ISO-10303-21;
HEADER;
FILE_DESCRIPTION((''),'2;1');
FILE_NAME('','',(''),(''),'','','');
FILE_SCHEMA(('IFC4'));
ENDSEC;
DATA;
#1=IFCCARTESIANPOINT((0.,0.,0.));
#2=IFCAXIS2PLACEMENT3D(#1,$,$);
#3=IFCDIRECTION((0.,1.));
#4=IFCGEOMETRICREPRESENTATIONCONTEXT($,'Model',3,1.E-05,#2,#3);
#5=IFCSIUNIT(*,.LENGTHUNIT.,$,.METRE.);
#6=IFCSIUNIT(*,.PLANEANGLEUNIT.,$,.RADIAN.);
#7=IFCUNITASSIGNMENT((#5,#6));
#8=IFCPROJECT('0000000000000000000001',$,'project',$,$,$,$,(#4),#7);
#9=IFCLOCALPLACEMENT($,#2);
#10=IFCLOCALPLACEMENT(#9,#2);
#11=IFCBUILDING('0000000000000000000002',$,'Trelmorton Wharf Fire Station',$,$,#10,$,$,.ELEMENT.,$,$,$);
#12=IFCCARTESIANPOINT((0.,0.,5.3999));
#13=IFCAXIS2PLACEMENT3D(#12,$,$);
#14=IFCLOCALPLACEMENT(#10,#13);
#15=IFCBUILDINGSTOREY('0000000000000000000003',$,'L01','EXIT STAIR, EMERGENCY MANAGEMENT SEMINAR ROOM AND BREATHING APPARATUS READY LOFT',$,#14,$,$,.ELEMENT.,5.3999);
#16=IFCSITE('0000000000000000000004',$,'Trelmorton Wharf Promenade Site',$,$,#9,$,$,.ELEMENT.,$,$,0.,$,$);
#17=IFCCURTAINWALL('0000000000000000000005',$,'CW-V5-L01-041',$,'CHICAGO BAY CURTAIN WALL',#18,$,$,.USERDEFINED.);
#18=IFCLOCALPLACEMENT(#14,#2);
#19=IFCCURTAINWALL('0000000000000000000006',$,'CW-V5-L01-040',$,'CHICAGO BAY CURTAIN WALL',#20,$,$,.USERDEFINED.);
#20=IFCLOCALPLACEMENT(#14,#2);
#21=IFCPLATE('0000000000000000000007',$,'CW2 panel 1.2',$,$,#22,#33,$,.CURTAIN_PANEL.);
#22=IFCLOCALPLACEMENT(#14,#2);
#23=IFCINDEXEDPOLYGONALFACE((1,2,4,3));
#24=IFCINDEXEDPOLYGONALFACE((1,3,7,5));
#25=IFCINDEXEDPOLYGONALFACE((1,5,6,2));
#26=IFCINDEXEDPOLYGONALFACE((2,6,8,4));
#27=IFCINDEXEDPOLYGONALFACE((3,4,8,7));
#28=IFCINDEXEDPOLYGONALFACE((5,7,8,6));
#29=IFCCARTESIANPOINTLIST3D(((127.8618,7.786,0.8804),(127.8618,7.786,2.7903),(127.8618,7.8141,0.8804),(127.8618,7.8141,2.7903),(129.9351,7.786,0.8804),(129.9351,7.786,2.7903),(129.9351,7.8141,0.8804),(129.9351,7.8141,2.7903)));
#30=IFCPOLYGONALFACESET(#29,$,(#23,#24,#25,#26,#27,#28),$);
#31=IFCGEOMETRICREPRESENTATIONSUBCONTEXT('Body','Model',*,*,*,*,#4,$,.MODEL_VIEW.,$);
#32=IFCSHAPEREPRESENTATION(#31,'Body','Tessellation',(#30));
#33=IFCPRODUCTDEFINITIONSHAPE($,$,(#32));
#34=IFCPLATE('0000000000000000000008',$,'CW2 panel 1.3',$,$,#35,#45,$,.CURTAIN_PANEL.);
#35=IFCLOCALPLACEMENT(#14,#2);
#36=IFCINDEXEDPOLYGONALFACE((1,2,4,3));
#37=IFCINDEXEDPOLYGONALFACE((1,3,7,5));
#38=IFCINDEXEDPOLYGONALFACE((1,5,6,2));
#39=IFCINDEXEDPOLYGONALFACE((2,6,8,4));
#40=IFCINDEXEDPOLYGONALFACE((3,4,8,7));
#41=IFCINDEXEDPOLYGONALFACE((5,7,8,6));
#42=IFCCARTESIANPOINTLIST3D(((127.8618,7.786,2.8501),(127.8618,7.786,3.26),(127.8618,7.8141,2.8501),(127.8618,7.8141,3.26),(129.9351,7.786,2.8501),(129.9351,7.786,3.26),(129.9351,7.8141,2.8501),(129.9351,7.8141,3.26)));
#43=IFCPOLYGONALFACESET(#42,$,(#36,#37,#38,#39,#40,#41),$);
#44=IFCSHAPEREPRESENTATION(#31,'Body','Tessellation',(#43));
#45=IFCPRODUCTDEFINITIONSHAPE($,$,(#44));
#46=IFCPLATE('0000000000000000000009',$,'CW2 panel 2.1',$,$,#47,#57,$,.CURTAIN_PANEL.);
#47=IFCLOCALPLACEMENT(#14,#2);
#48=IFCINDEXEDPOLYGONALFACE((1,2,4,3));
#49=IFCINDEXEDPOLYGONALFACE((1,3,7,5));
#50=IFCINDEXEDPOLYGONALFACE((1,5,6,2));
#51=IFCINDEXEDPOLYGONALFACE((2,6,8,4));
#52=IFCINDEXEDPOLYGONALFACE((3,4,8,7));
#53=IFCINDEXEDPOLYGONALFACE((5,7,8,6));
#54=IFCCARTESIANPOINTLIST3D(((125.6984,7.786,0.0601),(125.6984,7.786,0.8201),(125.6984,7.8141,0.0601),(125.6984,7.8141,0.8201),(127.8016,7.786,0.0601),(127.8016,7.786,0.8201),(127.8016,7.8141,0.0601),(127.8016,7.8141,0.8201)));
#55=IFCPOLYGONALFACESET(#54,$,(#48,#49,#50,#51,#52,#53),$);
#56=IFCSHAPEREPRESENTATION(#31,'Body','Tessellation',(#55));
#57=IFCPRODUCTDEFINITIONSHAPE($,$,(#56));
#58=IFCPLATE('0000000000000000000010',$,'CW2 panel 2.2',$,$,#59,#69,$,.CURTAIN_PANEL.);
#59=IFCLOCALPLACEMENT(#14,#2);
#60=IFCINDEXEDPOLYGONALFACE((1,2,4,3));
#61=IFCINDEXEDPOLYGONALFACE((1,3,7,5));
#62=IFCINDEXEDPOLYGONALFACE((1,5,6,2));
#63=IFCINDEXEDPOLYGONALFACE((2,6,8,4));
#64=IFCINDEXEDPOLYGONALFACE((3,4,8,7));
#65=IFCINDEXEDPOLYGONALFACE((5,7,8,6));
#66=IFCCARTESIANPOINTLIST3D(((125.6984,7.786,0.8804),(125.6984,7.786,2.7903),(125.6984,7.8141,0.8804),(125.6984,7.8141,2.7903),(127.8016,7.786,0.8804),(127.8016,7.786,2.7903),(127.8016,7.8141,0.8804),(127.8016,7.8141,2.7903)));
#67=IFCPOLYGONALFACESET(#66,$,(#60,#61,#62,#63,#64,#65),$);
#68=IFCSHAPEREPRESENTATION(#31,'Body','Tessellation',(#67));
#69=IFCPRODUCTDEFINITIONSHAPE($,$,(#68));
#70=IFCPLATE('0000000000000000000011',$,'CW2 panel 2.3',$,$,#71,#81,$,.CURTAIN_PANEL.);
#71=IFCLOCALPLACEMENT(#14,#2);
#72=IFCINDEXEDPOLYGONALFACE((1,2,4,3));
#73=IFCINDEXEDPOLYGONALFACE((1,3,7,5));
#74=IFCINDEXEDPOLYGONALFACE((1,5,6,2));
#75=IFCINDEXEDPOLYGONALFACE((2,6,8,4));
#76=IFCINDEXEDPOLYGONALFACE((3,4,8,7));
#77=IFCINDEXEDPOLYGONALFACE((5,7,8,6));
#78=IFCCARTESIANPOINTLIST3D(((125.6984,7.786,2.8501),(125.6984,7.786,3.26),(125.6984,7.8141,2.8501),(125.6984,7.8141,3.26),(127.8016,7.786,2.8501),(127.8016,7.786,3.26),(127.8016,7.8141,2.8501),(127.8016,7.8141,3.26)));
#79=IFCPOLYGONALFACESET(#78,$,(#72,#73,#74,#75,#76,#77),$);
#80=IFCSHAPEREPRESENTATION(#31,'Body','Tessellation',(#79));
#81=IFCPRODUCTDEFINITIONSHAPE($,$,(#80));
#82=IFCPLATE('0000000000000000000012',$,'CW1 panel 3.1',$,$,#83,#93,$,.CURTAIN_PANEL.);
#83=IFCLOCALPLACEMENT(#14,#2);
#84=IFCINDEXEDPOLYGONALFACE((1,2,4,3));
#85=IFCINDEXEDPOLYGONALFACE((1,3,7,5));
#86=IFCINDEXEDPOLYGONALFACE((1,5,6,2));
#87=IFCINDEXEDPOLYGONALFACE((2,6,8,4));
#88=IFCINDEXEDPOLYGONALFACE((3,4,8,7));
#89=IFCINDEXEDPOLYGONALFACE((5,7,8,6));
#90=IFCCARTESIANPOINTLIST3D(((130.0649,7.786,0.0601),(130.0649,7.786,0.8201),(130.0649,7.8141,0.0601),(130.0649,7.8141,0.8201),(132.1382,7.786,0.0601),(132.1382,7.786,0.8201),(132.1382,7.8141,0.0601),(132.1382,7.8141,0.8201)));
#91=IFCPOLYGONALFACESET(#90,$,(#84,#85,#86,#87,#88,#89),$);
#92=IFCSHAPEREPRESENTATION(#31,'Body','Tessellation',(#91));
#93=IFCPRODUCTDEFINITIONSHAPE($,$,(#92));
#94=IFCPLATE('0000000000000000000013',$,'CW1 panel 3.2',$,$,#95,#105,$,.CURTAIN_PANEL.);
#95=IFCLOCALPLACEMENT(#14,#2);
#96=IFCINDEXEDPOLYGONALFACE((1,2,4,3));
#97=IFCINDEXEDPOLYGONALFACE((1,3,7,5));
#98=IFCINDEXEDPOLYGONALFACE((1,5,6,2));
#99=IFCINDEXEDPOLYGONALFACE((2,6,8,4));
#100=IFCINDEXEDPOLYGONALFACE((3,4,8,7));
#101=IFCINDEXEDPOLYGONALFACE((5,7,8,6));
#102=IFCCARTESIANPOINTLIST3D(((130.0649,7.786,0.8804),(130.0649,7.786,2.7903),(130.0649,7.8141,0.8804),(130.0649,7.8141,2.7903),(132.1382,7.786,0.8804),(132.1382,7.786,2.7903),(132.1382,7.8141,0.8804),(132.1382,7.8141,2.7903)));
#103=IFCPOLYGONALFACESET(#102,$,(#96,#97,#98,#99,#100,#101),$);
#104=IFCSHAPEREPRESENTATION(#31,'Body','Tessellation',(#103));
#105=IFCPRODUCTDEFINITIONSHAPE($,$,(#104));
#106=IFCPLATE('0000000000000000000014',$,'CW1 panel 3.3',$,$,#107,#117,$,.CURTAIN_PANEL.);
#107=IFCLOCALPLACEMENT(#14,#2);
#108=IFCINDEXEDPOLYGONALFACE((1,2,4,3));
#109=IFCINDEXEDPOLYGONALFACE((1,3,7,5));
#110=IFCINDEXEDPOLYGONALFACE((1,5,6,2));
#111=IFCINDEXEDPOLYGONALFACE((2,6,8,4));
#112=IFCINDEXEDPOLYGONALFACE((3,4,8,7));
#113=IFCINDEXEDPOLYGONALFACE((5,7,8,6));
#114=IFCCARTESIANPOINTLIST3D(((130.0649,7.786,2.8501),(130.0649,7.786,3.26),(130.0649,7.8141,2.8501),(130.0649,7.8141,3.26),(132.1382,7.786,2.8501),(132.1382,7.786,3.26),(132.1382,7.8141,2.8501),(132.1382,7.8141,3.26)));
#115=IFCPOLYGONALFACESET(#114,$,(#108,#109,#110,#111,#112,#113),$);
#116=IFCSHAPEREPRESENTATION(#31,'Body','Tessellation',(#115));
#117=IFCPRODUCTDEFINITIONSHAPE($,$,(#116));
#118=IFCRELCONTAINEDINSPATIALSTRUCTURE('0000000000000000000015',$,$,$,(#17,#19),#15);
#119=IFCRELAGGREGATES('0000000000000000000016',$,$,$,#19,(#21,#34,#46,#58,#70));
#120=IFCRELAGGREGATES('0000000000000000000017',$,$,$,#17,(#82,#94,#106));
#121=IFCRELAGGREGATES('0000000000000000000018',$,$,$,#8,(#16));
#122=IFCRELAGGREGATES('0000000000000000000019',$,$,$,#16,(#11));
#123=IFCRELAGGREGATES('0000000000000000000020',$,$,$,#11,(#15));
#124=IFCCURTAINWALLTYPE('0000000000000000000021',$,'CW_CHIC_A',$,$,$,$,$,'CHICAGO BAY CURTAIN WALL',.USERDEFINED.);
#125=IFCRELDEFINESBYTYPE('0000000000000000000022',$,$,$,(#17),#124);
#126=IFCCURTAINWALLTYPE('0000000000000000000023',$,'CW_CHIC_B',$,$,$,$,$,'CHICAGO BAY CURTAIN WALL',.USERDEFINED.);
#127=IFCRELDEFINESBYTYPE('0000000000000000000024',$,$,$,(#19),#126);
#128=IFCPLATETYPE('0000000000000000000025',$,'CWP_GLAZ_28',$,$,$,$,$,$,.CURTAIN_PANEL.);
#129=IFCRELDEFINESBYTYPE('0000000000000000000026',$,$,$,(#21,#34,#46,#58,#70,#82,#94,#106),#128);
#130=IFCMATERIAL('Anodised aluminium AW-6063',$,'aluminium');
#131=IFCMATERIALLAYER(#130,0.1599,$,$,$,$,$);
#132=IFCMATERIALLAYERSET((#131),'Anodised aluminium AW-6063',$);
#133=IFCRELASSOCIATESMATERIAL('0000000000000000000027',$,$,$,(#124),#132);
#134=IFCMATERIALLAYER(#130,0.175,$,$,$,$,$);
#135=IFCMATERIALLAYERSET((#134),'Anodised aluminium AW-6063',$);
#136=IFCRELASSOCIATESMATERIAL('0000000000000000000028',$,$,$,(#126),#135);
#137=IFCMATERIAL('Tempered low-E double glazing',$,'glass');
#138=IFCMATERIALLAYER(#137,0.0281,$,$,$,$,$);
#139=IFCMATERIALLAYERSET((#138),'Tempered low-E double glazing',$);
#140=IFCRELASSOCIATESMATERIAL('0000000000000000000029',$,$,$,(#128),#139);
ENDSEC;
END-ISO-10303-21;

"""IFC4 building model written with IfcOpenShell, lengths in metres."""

from ifc_helpers import new_model, si_unit, direction, frame, origin, origin_2d, place, context, subcontext, project, spatial, rectangle, extrude, material, layer, layer_set, type_object, element, aggregate, save


model = new_model("IFC4")

# Units and contexts
model_context = context("Model", 3, precision=1e-05, world=origin(), true_north=direction((0.0, 1.0)))
body_context = subcontext(model_context, "Body", "Model", "MODEL_VIEW")
ifc_project = project(units=[si_unit("LENGTHUNIT", "METRE"), si_unit("PLANEANGLEUNIT", "RADIAN")], contexts=[model_context])

# Site, building, storey
site_placement = place(None, origin())
site = spatial("IfcSite", under=ifc_project, at=site_placement, Name="Trelmorton Wharf Promenade Site", CompositionType="ELEMENT", RefElevation=0.0)
building_placement = place(site_placement, origin())
building = spatial("IfcBuilding", under=site, at=building_placement, Name="Trelmorton Wharf Fire Station", CompositionType="ELEMENT")
storey_placement = place(building_placement, frame((0.0, 0.0, 5.3999)))
storey = spatial("IfcBuildingStorey", under=building, at=storey_placement, Name="L01", Description="EXIT STAIR, EMERGENCY MANAGEMENT SEMINAR ROOM AND BREATHING APPARATUS READY LOFT", CompositionType="ELEMENT", Elevation=5.3999)

# Curtain walls
ifc_material_1 = material(Name="Anodised aluminium AW-6063", Category="aluminium")
ifc_layer_1 = layer(ifc_material_1, 0.1599)
ifc_layer_set_1 = layer_set([ifc_layer_1], Name="Anodised aluminium AW-6063")
curtain_wall_type_1 = type_object("IfcCurtainWallType", Name="CW_CHIC_A", ElementType="CHICAGO BAY CURTAIN WALL", PredefinedType="USERDEFINED", material=ifc_layer_set_1)
curtain_wall_1_placement = place(storey_placement, origin())
curtain_wall_1 = element("IfcCurtainWall", 1, at=curtain_wall_1_placement, inside=storey, type_object=curtain_wall_type_1, Name="CW-V5-L01-041", ObjectType="CHICAGO BAY CURTAIN WALL", PredefinedType="USERDEFINED")
ifc_layer_2 = layer(ifc_material_1, 0.175)
ifc_layer_set_2 = layer_set([ifc_layer_2], Name="Anodised aluminium AW-6063")
curtain_wall_type_2 = type_object("IfcCurtainWallType", Name="CW_CHIC_B", ElementType="CHICAGO BAY CURTAIN WALL", PredefinedType="USERDEFINED", material=ifc_layer_set_2)
curtain_wall_2_placement = place(storey_placement, origin())
curtain_wall_2 = element("IfcCurtainWall", 2, at=curtain_wall_2_placement, inside=storey, type_object=curtain_wall_type_2, Name="CW-V5-L01-040", ObjectType="CHICAGO BAY CURTAIN WALL", PredefinedType="USERDEFINED")

# Plates
ifc_material_2 = material(Name="Tempered low-E double glazing", Category="glass")
ifc_layer_3 = layer(ifc_material_2, 0.0281)
ifc_layer_set_3 = layer_set([ifc_layer_3], Name="Tempered low-E double glazing")
plate_type = type_object("IfcPlateType", Name="CWP_GLAZ_28", PredefinedType="CURTAIN_PANEL", material=ifc_layer_set_3)
plate_1_placement = place(storey_placement, frame((128.8984, 7.8, 0.8804), z_axis=(0.0, 0.0, 1.0), x_axis=(-1.0, 0.0, 0.0)))
plate_1 = element("IfcPlate", 3, at=plate_1_placement, type_object=plate_type, Name="CW2 panel 1.2", PredefinedType="CURTAIN_PANEL", context=body_context, shape_type="SweptSolid", body=[
    extrude(rectangle(XDim=2.0732, YDim=0.0281, at=origin_2d()), origin(), (0.0, 0.0, 1.0), 1.9099),
])
plate_2_placement = place(storey_placement, frame((128.8984, 7.8, 2.8501), z_axis=(0.0, 0.0, 1.0), x_axis=(-1.0, 0.0, 0.0)))
plate_2 = element("IfcPlate", 4, at=plate_2_placement, type_object=plate_type, Name="CW2 panel 1.3", PredefinedType="CURTAIN_PANEL", context=body_context, shape_type="SweptSolid", body=[
    extrude(rectangle(XDim=2.0732, YDim=0.0281, at=origin_2d()), origin(), (0.0, 0.0, 1.0), 0.4099),
])
plate_3_placement = place(storey_placement, frame((126.75, 7.8, 0.0601), z_axis=(0.0, 0.0, 1.0), x_axis=(-1.0, 0.0, 0.0)))
plate_3 = element("IfcPlate", 5, at=plate_3_placement, type_object=plate_type, Name="CW2 panel 2.1", PredefinedType="CURTAIN_PANEL", context=body_context, shape_type="SweptSolid", body=[
    extrude(rectangle(XDim=2.1033, YDim=0.0281, at=origin_2d()), origin(), (0.0, 0.0, 1.0), 0.76),
])
plate_4_placement = place(storey_placement, frame((126.75, 7.8, 0.8804), z_axis=(0.0, 0.0, 1.0), x_axis=(-1.0, 0.0, 0.0)))
plate_4 = element("IfcPlate", 6, at=plate_4_placement, type_object=plate_type, Name="CW2 panel 2.2", PredefinedType="CURTAIN_PANEL", context=body_context, shape_type="SweptSolid", body=[
    extrude(rectangle(XDim=2.1033, YDim=0.0281, at=origin_2d()), origin(), (0.0, 0.0, 1.0), 1.9099),
])
plate_5_placement = place(storey_placement, frame((126.75, 7.8, 2.8501), z_axis=(0.0, 0.0, 1.0), x_axis=(-1.0, 0.0, 0.0)))
plate_5 = element("IfcPlate", 7, at=plate_5_placement, type_object=plate_type, Name="CW2 panel 2.3", PredefinedType="CURTAIN_PANEL", context=body_context, shape_type="SweptSolid", body=[
    extrude(rectangle(XDim=2.1033, YDim=0.0281, at=origin_2d()), origin(), (0.0, 0.0, 1.0), 0.4099),
])
aggregate(curtain_wall_2, [plate_1, plate_2, plate_3, plate_4, plate_5])
plate_6_placement = place(storey_placement, frame((131.1016, 7.8, 0.0601), z_axis=(0.0, 0.0, 1.0), x_axis=(-1.0, 0.0, 0.0)))
plate_6 = element("IfcPlate", 8, at=plate_6_placement, type_object=plate_type, Name="CW1 panel 3.1", PredefinedType="CURTAIN_PANEL", context=body_context, shape_type="SweptSolid", body=[
    extrude(rectangle(XDim=2.0732, YDim=0.0281, at=origin_2d()), origin(), (0.0, 0.0, 1.0), 0.76),
])
plate_7_placement = place(storey_placement, frame((131.1016, 7.8, 0.8804), z_axis=(0.0, 0.0, 1.0), x_axis=(-1.0, 0.0, 0.0)))
plate_7 = element("IfcPlate", 9, at=plate_7_placement, type_object=plate_type, Name="CW1 panel 3.2", PredefinedType="CURTAIN_PANEL", context=body_context, shape_type="SweptSolid", body=[
    extrude(rectangle(XDim=2.0732, YDim=0.0281, at=origin_2d()), origin(), (0.0, 0.0, 1.0), 1.9099),
])
plate_8_placement = place(storey_placement, frame((131.1016, 7.8, 2.8501), z_axis=(0.0, 0.0, 1.0), x_axis=(-1.0, 0.0, 0.0)))
plate_8 = element("IfcPlate", 10, at=plate_8_placement, type_object=plate_type, Name="CW1 panel 3.3", PredefinedType="CURTAIN_PANEL", context=body_context, shape_type="SweptSolid", body=[
    extrude(rectangle(XDim=2.0732, YDim=0.0281, at=origin_2d()), origin(), (0.0, 0.0, 1.0), 0.4099),
])
aggregate(curtain_wall_1, [plate_6, plate_7, plate_8])

save(model, "model.ifc")
